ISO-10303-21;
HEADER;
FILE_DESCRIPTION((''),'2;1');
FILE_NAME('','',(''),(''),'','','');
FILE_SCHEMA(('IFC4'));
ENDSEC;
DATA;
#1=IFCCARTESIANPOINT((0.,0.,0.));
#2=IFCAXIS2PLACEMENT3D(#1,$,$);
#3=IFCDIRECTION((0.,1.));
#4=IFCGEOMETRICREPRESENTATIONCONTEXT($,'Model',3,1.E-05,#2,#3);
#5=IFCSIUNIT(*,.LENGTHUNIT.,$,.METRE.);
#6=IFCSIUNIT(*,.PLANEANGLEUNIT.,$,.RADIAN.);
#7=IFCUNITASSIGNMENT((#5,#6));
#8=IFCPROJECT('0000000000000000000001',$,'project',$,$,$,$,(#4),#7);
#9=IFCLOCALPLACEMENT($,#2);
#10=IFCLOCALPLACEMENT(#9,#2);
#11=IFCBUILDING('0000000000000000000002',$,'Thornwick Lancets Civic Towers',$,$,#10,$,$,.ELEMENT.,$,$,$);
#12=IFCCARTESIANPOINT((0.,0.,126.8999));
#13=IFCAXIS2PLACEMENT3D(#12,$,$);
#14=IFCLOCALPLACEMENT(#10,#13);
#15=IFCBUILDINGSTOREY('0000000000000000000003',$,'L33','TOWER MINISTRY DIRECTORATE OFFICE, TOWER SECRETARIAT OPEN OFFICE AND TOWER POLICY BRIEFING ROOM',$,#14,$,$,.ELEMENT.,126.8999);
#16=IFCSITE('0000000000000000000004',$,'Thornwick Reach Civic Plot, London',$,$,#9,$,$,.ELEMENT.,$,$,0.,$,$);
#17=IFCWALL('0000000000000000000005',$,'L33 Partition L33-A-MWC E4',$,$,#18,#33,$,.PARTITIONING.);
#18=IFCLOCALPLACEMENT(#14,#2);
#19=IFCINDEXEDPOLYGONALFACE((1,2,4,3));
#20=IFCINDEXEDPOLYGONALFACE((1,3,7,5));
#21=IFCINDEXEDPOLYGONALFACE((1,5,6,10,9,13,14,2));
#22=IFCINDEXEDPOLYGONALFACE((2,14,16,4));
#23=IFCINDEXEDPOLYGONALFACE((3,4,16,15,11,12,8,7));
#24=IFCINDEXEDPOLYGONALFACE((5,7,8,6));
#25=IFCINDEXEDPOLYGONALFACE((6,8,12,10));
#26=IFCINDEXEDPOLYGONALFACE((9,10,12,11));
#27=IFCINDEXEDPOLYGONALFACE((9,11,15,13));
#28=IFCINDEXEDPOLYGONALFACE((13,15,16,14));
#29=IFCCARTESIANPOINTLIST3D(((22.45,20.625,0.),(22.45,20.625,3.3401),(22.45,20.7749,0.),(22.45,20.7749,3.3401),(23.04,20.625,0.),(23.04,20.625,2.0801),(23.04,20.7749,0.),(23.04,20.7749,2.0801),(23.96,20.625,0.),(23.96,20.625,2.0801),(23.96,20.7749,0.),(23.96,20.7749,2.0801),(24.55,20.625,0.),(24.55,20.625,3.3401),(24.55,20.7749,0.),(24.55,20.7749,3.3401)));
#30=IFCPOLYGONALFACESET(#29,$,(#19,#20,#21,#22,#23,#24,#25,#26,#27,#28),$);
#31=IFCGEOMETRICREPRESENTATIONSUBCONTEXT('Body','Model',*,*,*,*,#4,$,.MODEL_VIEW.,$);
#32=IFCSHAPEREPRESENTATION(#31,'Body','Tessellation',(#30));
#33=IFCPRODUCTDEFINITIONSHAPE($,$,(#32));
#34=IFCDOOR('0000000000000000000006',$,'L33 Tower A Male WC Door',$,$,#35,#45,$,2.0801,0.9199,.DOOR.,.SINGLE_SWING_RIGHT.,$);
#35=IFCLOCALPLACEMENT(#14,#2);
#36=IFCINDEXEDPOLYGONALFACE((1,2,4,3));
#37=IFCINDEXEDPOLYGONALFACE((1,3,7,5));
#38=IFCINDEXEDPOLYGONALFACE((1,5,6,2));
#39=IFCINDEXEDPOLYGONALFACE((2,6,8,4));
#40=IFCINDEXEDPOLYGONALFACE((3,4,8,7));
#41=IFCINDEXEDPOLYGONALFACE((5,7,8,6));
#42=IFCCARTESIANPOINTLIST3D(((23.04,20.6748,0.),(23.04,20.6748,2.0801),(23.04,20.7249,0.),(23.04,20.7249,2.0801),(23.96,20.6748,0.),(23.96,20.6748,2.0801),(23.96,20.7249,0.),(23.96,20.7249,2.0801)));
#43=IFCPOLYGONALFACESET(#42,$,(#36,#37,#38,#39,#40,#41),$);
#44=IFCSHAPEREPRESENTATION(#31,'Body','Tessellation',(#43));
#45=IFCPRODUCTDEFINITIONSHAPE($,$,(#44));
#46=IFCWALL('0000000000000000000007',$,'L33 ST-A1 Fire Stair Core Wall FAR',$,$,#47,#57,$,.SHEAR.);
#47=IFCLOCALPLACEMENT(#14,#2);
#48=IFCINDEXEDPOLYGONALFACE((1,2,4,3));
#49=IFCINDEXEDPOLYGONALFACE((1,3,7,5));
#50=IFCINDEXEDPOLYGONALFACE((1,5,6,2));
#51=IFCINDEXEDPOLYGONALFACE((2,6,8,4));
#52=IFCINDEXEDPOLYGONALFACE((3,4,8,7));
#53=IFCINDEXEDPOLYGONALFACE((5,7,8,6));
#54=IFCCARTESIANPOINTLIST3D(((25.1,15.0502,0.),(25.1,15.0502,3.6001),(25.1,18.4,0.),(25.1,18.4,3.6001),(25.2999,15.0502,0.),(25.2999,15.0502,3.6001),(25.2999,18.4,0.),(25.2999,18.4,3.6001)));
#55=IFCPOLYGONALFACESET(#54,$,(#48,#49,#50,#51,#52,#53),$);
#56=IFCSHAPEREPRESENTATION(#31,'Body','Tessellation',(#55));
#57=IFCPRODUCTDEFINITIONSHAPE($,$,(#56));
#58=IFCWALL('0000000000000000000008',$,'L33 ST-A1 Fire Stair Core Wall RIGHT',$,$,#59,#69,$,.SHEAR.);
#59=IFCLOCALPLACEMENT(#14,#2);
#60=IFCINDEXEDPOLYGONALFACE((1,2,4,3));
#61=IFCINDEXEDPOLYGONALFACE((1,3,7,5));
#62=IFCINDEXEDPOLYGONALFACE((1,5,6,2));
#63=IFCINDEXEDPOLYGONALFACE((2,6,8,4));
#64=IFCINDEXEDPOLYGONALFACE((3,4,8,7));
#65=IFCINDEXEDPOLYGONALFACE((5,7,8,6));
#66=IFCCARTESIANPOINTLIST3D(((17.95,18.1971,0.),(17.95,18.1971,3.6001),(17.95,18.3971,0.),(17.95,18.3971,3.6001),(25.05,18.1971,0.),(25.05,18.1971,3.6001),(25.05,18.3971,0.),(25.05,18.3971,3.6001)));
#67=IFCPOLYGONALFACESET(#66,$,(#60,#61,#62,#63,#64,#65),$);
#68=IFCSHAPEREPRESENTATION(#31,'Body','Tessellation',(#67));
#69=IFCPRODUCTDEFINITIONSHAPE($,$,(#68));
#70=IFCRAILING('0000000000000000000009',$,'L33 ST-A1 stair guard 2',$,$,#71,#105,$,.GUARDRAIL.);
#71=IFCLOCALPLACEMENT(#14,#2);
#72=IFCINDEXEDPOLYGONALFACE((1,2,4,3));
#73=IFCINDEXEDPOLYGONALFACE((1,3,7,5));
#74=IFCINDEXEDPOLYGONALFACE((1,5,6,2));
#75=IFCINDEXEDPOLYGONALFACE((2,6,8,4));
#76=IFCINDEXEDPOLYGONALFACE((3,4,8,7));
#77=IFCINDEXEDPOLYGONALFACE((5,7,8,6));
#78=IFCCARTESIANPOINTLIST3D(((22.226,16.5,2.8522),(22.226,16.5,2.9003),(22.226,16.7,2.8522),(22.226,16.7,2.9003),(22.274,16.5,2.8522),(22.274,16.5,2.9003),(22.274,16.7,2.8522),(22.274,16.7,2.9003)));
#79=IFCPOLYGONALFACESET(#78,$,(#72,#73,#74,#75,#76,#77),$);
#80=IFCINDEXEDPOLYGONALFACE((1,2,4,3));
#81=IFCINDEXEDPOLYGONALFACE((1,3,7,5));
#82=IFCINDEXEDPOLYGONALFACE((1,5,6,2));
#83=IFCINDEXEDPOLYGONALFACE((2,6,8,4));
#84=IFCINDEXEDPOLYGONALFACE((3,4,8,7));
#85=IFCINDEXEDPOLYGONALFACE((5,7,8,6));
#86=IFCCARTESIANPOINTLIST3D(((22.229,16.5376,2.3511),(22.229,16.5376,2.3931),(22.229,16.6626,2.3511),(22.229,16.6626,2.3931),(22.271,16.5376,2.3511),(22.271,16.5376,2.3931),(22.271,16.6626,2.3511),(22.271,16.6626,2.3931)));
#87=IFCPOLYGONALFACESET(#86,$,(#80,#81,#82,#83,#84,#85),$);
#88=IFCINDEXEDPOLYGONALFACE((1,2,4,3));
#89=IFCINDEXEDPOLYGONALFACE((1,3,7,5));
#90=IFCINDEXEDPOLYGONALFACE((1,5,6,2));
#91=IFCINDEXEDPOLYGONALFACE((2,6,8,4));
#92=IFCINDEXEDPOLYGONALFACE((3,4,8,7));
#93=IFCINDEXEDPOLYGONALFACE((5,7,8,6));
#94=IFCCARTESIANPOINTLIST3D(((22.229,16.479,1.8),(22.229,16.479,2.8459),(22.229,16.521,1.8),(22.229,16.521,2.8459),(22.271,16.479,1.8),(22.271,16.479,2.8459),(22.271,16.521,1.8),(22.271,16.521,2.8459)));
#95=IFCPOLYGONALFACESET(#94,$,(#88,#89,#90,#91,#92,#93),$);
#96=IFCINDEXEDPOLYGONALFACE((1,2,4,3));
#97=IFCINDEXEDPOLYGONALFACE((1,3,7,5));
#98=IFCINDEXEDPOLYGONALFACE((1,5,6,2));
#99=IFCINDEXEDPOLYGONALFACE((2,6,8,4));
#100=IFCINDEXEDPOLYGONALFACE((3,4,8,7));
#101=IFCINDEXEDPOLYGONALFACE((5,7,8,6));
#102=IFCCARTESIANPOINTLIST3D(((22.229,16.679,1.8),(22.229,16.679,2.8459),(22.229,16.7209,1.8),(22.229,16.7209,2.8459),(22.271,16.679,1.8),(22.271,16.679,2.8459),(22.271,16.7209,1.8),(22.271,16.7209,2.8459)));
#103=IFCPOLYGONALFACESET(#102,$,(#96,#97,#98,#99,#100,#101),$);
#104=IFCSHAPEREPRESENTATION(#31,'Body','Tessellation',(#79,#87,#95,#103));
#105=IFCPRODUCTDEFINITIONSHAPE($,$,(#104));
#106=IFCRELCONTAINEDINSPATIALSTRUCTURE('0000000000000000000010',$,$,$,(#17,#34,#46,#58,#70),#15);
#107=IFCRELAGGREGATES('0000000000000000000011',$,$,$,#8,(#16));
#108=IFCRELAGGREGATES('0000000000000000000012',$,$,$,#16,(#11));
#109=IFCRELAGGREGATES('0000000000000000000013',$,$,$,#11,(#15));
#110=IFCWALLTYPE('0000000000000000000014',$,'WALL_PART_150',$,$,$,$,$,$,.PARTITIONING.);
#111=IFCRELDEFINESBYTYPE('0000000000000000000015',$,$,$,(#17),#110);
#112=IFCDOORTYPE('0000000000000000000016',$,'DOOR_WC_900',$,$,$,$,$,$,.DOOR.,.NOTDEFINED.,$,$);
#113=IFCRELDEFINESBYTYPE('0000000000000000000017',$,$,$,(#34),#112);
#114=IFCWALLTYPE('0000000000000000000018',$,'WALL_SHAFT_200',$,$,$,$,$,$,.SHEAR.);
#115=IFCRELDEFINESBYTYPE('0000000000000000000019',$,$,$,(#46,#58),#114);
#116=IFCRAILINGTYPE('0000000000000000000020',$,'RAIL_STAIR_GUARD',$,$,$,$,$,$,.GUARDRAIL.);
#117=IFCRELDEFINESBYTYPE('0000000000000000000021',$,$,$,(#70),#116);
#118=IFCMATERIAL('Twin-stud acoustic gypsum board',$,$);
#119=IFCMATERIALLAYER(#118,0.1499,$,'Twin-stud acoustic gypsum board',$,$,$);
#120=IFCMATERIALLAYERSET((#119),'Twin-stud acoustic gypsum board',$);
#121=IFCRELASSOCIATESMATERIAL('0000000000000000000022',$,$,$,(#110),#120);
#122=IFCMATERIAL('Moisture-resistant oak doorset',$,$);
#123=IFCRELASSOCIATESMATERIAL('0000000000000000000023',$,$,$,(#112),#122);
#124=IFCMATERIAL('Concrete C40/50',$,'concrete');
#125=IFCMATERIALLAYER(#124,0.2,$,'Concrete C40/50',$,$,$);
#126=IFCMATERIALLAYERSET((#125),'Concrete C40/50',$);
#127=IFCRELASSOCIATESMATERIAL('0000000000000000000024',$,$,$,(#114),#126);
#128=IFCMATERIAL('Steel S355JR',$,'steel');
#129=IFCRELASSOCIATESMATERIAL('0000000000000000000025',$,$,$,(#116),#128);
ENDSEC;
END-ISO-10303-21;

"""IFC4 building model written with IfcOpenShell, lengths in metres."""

from ifc_helpers import new_model, si_unit, direction, frame, frame_2d, origin, origin_2d, place, context, subcontext, project, spatial, rectangle, extrude, material, layer, layer_set, type_object, element, fill, save


model = new_model("IFC4")

# Units and contexts
model_context = context("Model", 3, precision=1e-05, world=origin(), true_north=direction((0.0, 1.0)))
body_context = subcontext(model_context, "Body", "Model", "MODEL_VIEW")
ifc_project = project(units=[si_unit("LENGTHUNIT", "METRE"), si_unit("PLANEANGLEUNIT", "RADIAN")], contexts=[model_context])

# Site, building, storey
site_placement = place(None, origin())
site = spatial("IfcSite", under=ifc_project, at=site_placement, Name="Thornwick Reach Civic Plot, London", CompositionType="ELEMENT", RefElevation=0.0)
building_placement = place(site_placement, origin())
building = spatial("IfcBuilding", under=site, at=building_placement, Name="Thornwick Lancets Civic Towers", CompositionType="ELEMENT")
storey_placement = place(building_placement, frame((0.0, 0.0, 126.8999)))
storey = spatial("IfcBuildingStorey", under=building, at=storey_placement, Name="L33", Description="TOWER MINISTRY DIRECTORATE OFFICE, TOWER SECRETARIAT OPEN OFFICE AND TOWER POLICY BRIEFING ROOM", CompositionType="ELEMENT", Elevation=126.8999)

# Shared definitions
ifc_material_1 = material(Name="Twin-stud acoustic gypsum board")
ifc_layer_1 = layer(ifc_material_1, 0.1499, Name="Twin-stud acoustic gypsum board")
ifc_layer_set_1 = layer_set([ifc_layer_1], Name="Twin-stud acoustic gypsum board")
wall_type_1 = type_object("IfcWallType", Name="WALL_PART_150", PredefinedType="PARTITIONING", material=ifc_layer_set_1)

# Wall, opening, door
wall_1_placement = place(storey_placement, frame((22.45, 20.7, 0.0), z_axis=(0.0, 0.0, 1.0), x_axis=(1.0, 0.0, 0.0)))
wall_1 = element("IfcWall", 1, at=wall_1_placement, inside=storey, type_object=wall_type_1, Name="L33 Partition L33-A-MWC E4", PredefinedType="PARTITIONING", context=body_context, shape_type="SweptSolid", body=[
    extrude(rectangle(XDim=2.1001, YDim=0.1499, at=frame_2d((1.05, 0.0))), origin(), (0.0, 0.0, 1.0), 3.3401),
])
opening_1_placement = place(wall_1_placement, frame((0.5901, 0.0, 0.0)))
opening_1 = element("IfcOpeningElement", 2, at=opening_1_placement, cuts=wall_1, PredefinedType="OPENING", context=body_context, shape_type="SweptSolid", body=[
    extrude(rectangle(XDim=0.9199, YDim=2.0801, at=frame_2d((0.46, 1.04))), frame((0.0, 0.085, 0.0), z_axis=(0.0, -1.0, 0.0), x_axis=(1.0, 0.0, 0.0)), (0.0, 0.0, 1.0), 0.1699),
])
ifc_material_2 = material(Name="Moisture-resistant oak doorset")
door_type_1 = type_object("IfcDoorType", Name="DOOR_WC_900", OperationType="NOTDEFINED", PredefinedType="DOOR", material=ifc_material_2)
door_1_placement = place(opening_1_placement, origin())
door_1 = element("IfcDoor", 3, at=door_1_placement, inside=storey, type_object=door_type_1, Name="L33 Tower A Male WC Door", OperationType="SINGLE_SWING_RIGHT", OverallHeight=2.0801, OverallWidth=0.9199, PredefinedType="DOOR", context=body_context, shape_type="SweptSolid", body=[
    extrude(rectangle(XDim=0.9199, YDim=2.0801, at=frame_2d((0.46, 1.04))), frame((0.0, 0.0249, 0.0), z_axis=(0.0, -1.0, 0.0), x_axis=(1.0, 0.0, 0.0)), (0.0, 0.0, 1.0), 0.05),
])
fill(opening_1, door_1)

# Walls
ifc_material_3 = material(Name="Concrete C40/50", Category="concrete")
ifc_layer_2 = layer(ifc_material_3, 0.2, Name="Concrete C40/50")
ifc_layer_set_2 = layer_set([ifc_layer_2], Name="Concrete C40/50")
wall_type_2 = type_object("IfcWallType", Name="WALL_SHAFT_200", PredefinedType="SHEAR", material=ifc_layer_set_2)
wall_2_placement = place(storey_placement, frame((25.2, 18.3999, 0.0), z_axis=(0.0, 0.0, 1.0), x_axis=(0.0, -1.0, 0.0)))
element("IfcWall", 4, at=wall_2_placement, inside=storey, type_object=wall_type_2, Name="L33 ST-A1 Fire Stair Core Wall FAR", PredefinedType="SHEAR", context=body_context, shape_type="SweptSolid", body=[
    extrude(rectangle(XDim=3.3499, YDim=0.2, at=frame_2d((1.6748, 0.0))), origin(), (0.0, 0.0, 1.0), 3.6001),
])
wall_3_placement = place(storey_placement, frame((25.05, 18.2971, 0.0), z_axis=(0.0, 0.0, 1.0), x_axis=(-1.0, 0.0, 0.0)))
element("IfcWall", 5, at=wall_3_placement, inside=storey, type_object=wall_type_2, Name="L33 ST-A1 Fire Stair Core Wall RIGHT", PredefinedType="SHEAR", context=body_context, shape_type="SweptSolid", body=[
    extrude(rectangle(XDim=7.1001, YDim=0.2, at=frame_2d((3.55, 0.0))), origin(), (0.0, 0.0, 1.0), 3.6001),
])

# Railing
ifc_material_4 = material(Name="Steel S355JR", Category="steel")
railing_type = type_object("IfcRailingType", Name="RAIL_STAIR_GUARD", PredefinedType="GUARDRAIL", material=ifc_material_4)
railing_placement = place(storey_placement, frame((22.25, 16.5, 1.8)))
element("IfcRailing", 6, at=railing_placement, inside=storey, type_object=railing_type, Name="L33 ST-A1 stair guard 2", PredefinedType="GUARDRAIL", context=body_context, shape_type="SweptSolid", body=[
    extrude(rectangle(XDim=0.0481, YDim=0.0481, at=origin_2d()), frame((0.0, 0.0, 1.0762), z_axis=(0.0, 1.0, 0.0), x_axis=(-1.0, 0.0, 0.0)), (0.0, 0.0, 1.0), 0.2),
    extrude(rectangle(XDim=0.042, YDim=0.042, at=origin_2d()), frame((0.0, 0.0376, 0.572), z_axis=(0.0, 1.0, 0.0), x_axis=(-1.0, 0.0, 0.0)), (0.0, 0.0, 1.0), 0.125),
    extrude(rectangle(XDim=0.042, YDim=0.042, at=origin_2d()), origin(), (0.0, 0.0, 1.0), 1.0459),
    extrude(rectangle(XDim=0.042, YDim=0.042, at=origin_2d()), frame((0.0, 0.2, 0.0)), (0.0, 0.0, 1.0), 1.0459),
])

save(model, "model.ifc")
